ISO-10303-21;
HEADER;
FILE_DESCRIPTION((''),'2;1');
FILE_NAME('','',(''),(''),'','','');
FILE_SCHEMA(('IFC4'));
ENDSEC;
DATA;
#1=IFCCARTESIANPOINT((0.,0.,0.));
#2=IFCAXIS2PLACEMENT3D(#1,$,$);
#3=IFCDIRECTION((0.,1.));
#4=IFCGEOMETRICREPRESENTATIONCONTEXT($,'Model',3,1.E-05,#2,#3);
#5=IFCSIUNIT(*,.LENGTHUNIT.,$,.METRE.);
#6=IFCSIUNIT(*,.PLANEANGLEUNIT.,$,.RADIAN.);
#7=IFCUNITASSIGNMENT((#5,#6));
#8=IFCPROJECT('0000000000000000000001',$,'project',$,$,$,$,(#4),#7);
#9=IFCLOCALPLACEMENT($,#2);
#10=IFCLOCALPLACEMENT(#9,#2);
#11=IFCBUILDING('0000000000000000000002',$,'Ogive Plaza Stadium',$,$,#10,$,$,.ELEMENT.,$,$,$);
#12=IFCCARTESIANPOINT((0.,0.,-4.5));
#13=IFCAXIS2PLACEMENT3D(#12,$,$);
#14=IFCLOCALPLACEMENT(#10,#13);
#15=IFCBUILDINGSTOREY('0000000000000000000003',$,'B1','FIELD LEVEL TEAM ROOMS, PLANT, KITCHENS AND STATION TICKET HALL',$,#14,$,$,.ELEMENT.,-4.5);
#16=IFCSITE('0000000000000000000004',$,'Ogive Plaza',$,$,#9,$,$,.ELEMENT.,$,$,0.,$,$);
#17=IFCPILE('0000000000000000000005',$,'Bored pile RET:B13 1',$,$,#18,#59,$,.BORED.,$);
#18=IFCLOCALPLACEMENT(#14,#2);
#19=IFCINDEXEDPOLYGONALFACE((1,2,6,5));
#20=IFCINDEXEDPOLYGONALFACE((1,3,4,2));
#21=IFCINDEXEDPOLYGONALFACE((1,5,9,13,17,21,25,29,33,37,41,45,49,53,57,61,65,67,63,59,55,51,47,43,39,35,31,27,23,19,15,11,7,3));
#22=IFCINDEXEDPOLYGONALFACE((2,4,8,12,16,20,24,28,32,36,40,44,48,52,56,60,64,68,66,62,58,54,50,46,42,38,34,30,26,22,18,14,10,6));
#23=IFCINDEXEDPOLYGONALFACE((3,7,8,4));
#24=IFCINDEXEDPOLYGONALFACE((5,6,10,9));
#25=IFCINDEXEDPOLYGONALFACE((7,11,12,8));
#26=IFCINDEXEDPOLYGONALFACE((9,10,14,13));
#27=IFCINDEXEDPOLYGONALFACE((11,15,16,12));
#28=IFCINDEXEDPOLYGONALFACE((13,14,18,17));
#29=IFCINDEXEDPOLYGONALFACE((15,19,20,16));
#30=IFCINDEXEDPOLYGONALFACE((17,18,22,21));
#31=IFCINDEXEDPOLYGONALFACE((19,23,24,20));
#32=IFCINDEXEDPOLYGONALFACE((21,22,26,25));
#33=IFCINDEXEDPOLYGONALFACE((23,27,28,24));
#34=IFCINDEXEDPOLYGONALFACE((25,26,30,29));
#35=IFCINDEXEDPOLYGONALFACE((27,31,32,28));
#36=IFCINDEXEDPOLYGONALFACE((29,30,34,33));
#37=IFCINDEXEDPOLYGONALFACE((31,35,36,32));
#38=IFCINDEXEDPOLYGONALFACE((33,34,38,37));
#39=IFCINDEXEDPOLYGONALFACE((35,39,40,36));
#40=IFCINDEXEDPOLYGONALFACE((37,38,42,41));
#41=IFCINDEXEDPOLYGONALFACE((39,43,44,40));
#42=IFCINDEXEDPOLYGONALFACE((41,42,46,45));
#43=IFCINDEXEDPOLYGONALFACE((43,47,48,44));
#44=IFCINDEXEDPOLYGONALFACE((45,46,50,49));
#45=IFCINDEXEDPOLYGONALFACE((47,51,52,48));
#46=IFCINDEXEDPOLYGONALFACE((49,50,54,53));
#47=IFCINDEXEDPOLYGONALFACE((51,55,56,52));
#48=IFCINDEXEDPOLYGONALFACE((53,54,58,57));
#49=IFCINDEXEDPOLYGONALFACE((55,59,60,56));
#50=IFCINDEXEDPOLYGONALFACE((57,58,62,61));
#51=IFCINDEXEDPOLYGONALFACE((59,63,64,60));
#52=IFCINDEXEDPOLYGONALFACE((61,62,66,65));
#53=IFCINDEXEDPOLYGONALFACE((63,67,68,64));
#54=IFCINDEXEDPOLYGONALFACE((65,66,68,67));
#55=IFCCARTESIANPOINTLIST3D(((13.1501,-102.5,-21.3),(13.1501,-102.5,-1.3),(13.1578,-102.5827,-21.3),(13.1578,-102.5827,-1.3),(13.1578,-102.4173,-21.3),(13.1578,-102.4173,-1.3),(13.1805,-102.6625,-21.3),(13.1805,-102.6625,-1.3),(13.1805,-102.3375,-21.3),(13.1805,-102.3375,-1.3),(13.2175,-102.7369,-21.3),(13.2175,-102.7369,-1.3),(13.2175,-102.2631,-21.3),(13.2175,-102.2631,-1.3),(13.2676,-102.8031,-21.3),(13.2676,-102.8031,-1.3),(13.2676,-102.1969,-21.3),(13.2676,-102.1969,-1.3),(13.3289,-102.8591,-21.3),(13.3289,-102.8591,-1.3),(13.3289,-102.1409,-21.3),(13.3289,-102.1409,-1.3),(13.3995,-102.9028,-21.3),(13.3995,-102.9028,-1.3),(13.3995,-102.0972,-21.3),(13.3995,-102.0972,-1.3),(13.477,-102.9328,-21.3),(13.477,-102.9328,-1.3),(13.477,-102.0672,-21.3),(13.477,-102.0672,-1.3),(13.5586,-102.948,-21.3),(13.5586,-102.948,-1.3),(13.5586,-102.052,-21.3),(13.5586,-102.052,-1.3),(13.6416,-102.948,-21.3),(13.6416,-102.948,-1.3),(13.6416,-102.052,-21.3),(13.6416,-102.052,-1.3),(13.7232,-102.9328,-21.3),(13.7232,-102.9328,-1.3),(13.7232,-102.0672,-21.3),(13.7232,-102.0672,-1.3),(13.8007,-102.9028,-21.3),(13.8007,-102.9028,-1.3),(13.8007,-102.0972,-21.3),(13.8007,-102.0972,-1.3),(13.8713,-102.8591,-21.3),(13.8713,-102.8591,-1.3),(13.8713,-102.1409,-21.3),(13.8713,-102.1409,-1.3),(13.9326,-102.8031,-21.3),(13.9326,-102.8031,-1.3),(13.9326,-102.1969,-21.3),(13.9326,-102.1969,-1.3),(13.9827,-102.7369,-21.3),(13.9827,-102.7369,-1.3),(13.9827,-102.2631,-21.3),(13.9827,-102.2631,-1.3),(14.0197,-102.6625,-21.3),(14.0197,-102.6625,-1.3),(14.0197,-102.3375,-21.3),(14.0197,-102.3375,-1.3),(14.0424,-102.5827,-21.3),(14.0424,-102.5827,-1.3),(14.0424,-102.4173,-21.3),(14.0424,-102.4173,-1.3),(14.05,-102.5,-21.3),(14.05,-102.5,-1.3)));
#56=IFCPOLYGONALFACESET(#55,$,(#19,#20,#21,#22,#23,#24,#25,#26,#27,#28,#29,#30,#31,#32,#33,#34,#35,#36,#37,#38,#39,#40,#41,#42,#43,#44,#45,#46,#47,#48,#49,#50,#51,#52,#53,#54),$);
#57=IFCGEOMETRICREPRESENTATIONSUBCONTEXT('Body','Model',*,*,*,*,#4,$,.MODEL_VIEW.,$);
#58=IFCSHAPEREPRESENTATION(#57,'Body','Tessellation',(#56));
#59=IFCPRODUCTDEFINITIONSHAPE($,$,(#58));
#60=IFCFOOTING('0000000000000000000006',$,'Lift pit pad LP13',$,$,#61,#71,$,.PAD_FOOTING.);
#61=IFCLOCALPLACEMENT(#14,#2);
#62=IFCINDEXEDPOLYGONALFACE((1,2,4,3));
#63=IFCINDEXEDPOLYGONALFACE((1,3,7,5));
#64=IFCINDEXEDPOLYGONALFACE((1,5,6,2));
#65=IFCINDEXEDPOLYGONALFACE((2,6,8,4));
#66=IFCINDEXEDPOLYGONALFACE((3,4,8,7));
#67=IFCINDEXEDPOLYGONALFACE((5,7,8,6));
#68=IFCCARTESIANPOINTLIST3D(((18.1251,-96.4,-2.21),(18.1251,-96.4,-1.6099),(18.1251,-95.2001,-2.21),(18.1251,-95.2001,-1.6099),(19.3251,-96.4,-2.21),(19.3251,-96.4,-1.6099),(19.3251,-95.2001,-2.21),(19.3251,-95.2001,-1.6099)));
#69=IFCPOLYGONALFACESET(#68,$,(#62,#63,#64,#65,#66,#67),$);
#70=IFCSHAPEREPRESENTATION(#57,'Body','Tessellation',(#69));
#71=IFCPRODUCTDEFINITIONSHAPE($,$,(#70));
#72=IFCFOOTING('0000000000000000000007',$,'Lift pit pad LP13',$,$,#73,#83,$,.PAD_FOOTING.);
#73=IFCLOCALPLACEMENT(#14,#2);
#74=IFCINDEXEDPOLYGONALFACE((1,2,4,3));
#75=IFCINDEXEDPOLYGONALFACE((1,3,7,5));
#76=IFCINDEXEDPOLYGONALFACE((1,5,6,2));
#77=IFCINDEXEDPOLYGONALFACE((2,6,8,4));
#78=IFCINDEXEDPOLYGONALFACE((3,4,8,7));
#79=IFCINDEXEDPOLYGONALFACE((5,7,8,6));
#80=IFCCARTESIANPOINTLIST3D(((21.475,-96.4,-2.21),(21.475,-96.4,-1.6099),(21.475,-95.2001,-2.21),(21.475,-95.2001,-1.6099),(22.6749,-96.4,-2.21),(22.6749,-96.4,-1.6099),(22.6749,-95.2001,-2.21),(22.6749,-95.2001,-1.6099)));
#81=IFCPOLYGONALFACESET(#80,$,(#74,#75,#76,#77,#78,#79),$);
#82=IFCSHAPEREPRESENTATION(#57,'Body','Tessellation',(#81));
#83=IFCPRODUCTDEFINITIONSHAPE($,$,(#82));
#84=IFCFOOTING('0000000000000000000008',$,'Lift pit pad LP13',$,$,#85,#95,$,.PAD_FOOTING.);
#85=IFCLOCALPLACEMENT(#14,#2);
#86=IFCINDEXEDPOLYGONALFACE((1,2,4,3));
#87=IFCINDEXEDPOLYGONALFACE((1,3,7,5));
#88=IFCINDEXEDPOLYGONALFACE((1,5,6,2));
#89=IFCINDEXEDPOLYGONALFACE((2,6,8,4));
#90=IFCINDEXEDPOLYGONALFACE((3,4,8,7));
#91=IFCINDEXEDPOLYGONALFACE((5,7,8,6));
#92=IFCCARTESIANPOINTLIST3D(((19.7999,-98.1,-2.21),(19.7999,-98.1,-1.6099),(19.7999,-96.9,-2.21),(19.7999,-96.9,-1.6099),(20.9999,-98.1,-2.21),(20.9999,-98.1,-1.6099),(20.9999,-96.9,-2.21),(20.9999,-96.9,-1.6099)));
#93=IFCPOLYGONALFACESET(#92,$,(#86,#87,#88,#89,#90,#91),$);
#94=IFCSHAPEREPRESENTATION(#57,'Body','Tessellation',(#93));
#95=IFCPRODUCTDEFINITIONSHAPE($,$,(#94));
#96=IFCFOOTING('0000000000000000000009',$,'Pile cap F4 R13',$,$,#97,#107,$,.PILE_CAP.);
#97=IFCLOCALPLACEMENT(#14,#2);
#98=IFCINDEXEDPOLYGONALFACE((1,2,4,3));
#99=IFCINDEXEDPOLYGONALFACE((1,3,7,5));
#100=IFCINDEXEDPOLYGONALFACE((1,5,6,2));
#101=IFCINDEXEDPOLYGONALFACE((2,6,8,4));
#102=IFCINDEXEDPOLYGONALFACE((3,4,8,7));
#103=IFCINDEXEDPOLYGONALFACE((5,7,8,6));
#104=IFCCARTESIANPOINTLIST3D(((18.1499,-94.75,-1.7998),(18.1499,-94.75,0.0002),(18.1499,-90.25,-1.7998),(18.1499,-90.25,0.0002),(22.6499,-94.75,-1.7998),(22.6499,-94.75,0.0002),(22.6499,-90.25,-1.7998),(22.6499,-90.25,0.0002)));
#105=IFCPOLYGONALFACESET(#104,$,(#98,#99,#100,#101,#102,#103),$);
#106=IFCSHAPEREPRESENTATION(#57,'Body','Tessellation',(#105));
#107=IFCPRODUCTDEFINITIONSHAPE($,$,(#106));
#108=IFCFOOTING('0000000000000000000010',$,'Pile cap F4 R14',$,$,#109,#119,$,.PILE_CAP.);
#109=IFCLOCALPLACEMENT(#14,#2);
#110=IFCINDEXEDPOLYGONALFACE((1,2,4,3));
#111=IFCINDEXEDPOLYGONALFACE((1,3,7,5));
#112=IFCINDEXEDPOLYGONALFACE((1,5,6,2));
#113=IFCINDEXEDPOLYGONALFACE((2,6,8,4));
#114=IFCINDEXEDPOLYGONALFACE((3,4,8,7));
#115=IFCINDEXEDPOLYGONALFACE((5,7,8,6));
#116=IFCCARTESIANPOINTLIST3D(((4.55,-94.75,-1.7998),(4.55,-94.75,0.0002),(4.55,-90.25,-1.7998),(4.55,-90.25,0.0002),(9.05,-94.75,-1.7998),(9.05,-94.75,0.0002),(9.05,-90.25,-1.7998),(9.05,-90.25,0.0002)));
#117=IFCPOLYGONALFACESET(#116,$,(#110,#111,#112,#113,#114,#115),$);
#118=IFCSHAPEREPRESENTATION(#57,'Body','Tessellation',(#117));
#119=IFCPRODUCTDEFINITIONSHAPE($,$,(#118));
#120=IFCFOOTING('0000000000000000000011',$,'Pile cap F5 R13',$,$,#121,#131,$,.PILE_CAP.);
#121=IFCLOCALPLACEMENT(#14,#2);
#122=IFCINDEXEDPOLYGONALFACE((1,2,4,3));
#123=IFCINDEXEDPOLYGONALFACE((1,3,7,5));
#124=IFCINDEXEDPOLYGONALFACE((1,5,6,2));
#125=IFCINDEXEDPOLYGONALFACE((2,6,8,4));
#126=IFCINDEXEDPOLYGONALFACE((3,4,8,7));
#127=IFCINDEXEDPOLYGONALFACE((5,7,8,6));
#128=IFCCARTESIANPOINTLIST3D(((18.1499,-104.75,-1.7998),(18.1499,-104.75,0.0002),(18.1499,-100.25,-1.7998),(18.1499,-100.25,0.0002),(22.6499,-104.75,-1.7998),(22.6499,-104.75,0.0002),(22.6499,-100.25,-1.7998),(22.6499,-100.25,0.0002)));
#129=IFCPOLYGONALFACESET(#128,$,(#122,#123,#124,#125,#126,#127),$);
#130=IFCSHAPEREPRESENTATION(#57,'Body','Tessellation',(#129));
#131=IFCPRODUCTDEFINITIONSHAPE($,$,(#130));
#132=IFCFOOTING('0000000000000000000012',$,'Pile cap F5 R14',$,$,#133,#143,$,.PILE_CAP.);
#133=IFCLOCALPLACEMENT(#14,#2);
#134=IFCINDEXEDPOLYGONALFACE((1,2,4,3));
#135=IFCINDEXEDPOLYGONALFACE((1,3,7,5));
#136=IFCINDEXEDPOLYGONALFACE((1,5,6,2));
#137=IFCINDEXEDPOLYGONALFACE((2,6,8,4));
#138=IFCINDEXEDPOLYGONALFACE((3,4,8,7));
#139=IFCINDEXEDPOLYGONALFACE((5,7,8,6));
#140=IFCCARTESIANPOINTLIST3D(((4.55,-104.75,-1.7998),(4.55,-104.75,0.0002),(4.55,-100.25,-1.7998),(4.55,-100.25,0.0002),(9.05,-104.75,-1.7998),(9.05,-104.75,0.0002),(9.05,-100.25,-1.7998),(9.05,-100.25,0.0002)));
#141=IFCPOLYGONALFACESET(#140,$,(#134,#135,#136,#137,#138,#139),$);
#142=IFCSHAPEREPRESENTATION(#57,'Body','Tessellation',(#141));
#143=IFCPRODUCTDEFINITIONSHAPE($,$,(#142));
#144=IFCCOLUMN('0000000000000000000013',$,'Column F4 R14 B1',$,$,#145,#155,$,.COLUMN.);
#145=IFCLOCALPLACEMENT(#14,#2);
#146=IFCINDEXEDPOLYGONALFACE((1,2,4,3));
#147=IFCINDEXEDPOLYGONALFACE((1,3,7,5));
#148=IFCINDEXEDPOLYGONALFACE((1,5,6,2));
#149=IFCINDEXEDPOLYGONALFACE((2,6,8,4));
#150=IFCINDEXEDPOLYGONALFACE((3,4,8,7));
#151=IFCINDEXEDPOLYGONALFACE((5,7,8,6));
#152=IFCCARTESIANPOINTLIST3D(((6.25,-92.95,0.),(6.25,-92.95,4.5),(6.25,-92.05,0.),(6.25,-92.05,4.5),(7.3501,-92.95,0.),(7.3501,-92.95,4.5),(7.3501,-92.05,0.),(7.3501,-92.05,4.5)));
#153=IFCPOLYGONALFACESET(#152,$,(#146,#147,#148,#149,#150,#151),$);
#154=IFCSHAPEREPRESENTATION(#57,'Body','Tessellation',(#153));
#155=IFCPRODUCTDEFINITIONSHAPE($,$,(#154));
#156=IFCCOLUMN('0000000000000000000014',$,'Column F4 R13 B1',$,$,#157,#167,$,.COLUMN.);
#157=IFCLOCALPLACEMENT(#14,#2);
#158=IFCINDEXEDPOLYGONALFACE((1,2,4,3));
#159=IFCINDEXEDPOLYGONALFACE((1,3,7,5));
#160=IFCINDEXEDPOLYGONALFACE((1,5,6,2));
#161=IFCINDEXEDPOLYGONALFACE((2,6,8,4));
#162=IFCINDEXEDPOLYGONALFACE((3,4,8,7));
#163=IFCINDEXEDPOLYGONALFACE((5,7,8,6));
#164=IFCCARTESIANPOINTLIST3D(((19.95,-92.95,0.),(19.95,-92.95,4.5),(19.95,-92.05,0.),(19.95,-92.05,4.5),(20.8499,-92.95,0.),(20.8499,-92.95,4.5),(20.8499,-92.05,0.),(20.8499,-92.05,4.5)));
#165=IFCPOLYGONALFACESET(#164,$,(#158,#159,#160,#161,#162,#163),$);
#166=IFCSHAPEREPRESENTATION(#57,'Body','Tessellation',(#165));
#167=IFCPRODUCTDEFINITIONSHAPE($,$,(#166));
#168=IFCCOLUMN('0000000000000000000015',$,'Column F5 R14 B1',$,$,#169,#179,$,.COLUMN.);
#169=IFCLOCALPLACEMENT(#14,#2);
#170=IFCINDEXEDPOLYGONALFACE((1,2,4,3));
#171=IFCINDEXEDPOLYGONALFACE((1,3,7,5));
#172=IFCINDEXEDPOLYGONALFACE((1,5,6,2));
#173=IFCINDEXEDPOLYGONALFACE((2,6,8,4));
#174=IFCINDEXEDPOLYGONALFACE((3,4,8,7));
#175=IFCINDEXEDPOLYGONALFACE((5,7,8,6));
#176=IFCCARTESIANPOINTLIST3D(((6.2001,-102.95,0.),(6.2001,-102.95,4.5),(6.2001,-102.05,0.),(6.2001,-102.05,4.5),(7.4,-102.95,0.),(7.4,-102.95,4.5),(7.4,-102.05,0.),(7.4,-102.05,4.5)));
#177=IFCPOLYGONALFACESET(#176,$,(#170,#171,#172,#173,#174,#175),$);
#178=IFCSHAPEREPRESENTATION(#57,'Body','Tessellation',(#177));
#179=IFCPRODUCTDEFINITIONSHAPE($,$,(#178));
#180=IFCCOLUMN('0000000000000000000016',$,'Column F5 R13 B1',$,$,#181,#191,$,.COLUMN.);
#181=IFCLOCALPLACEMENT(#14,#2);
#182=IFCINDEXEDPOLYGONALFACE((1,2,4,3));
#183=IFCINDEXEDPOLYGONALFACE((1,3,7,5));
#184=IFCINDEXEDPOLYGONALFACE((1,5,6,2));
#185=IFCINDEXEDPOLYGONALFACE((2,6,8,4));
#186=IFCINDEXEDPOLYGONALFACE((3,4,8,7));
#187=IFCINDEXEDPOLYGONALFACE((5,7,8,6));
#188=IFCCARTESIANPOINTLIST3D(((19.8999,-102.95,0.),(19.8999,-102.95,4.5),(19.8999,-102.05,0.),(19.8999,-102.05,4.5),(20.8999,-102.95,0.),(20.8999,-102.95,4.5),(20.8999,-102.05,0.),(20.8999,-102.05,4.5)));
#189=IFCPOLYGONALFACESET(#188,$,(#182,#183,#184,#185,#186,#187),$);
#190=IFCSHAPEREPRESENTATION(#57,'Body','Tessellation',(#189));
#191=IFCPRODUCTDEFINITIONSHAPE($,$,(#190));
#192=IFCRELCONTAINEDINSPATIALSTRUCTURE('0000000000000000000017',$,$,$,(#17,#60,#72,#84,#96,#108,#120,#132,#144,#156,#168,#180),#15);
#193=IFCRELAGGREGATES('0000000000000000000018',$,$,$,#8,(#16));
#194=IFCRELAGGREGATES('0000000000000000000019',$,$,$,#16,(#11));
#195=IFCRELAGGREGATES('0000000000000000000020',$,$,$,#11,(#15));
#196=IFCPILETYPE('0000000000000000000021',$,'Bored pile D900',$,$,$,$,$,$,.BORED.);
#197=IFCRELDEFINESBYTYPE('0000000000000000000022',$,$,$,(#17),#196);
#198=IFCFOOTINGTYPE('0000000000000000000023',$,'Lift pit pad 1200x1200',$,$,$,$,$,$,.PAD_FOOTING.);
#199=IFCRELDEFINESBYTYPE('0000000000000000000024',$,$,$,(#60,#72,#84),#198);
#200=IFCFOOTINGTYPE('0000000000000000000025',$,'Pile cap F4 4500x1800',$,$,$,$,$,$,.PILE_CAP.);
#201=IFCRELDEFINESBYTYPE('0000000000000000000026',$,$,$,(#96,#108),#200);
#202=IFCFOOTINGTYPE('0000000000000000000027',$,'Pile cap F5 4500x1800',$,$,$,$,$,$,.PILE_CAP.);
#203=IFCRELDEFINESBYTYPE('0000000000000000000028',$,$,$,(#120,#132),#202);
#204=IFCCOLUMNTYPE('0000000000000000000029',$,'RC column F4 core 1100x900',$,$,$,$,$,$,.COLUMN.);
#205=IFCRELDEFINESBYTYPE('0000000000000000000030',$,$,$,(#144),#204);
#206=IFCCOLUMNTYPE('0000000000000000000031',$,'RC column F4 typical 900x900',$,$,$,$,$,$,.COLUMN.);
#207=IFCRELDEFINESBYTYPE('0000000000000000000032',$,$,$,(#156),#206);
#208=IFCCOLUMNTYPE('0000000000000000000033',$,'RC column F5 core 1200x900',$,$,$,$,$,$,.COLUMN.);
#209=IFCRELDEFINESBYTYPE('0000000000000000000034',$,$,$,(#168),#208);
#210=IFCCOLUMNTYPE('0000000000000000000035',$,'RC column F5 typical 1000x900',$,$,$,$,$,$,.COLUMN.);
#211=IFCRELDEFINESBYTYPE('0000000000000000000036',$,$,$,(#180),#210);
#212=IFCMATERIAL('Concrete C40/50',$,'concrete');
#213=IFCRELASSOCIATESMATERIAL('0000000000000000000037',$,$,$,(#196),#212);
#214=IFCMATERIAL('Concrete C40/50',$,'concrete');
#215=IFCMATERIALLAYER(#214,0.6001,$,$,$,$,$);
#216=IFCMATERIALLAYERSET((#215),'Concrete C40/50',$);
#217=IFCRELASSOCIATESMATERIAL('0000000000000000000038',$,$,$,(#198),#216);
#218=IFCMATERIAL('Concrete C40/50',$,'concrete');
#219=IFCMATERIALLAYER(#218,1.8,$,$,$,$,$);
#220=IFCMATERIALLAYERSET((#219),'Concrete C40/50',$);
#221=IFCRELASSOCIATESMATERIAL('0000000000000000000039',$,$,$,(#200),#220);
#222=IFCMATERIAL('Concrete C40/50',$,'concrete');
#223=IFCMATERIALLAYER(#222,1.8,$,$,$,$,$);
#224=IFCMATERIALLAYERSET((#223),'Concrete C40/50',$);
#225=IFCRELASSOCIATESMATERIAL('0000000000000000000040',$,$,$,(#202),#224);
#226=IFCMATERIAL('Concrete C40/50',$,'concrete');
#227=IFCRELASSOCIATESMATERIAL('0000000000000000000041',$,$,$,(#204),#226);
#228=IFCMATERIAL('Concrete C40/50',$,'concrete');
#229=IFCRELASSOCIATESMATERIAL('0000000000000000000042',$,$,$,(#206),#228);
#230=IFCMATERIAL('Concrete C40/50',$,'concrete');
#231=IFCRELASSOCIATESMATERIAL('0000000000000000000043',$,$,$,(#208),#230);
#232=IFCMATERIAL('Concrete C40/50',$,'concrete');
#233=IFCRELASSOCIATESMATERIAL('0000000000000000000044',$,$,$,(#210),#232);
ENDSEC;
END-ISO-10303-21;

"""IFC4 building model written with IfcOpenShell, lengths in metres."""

from ifc_helpers import new_model, si_unit, direction, frame, origin, origin_2d, place, context, subcontext, project, spatial, rectangle, circle, extrude, material, layer, layer_set, material_profile, profile_set, type_object, element, save


model = new_model("IFC4")

# Units and contexts
model_context = context("Model", 3, precision=1e-05, world=origin(), true_north=direction((0.0, 1.0)))
body_context = subcontext(model_context, "Body", "Model", "MODEL_VIEW")
ifc_project = project(units=[si_unit("LENGTHUNIT", "METRE"), si_unit("PLANEANGLEUNIT", "RADIAN")], contexts=[model_context])

# Site, building, storey
site_placement = place(None, origin())
site = spatial("IfcSite", under=ifc_project, at=site_placement, Name="Ogive Plaza", CompositionType="ELEMENT", RefElevation=0.0)
building_placement = place(site_placement, origin())
building = spatial("IfcBuilding", under=site, at=building_placement, Name="Ogive Plaza Stadium", CompositionType="ELEMENT")
storey_placement = place(building_placement, frame((0.0, 0.0, -4.5)))
storey = spatial("IfcBuildingStorey", under=building, at=storey_placement, Name="B1", Description="FIELD LEVEL TEAM ROOMS, PLANT, KITCHENS AND STATION TICKET HALL", CompositionType="ELEMENT", Elevation=-4.5)

# Pile
ifc_material_1 = material(Name="Concrete C40/50", Category="concrete")
ifc_material_profile_1 = material_profile(ifc_material_1, circle(Radius=0.45, at=origin_2d()), Name="RC D900")
ifc_profile_set_1 = profile_set([ifc_material_profile_1], Name="Concrete C40/50")
pile_type_1 = type_object("IfcPileType", Name="Bored pile D900", PredefinedType="BORED", material=ifc_profile_set_1)
pile_placement = place(storey_placement, frame((13.6001, -102.5, -1.3), z_axis=(0.0, 0.0, -1.0), x_axis=(1.0, 0.0, 0.0)))
element("IfcPile", 1, at=pile_placement, inside=storey, type_object=pile_type_1, Name="Bored pile RET:B13 1", PredefinedType="BORED", context=body_context, shape_type="SweptSolid", body=[
    extrude(circle(Radius=0.45, at=origin_2d()), origin(), (0.0, 0.0, 1.0), 20.0),
])

# Footings
ifc_material_2 = material(Name="Concrete C40/50", Category="concrete")
ifc_layer_1 = layer(ifc_material_2, 0.6001)
ifc_layer_set_1 = layer_set([ifc_layer_1], Name="Concrete C40/50")
footing_type_1 = type_object("IfcFootingType", Name="Lift pit pad 1200x1200", PredefinedType="PAD_FOOTING", material=ifc_layer_set_1)
for number, where, z_axis, x_axis, name in (
    (2, (18.7251, -95.8, -2.21), (0.0, 0.0, 1.0), (0.0, -1.0, 0.0), "Lift pit pad LP13"),
    (3, (22.075, -95.8, -2.21), (0.0, 0.0, 1.0), (0.0, -1.0, 0.0), "Lift pit pad LP13"),
    (4, (20.3999, -97.5, -2.21), (0.0, 0.0, 1.0), (0.0, -1.0, 0.0), "Lift pit pad LP13"),
):
    element("IfcFooting", number, at=place(storey_placement, frame(where, z_axis=z_axis, x_axis=x_axis)), inside=storey, type_object=footing_type_1, Name=name, PredefinedType="PAD_FOOTING", context=body_context, shape_type="SweptSolid", body=[
        extrude(rectangle(XDim=1.2, YDim=1.2, at=origin_2d()), origin(), (0.0, 0.0, 1.0), 0.6001),
    ])
ifc_material_3 = material(Name="Concrete C40/50", Category="concrete")
ifc_layer_2 = layer(ifc_material_3, 1.8)
ifc_layer_set_2 = layer_set([ifc_layer_2], Name="Concrete C40/50")
footing_type_2 = type_object("IfcFootingType", Name="Pile cap F4 4500x1800", PredefinedType="PILE_CAP", material=ifc_layer_set_2)
for number, where, z_axis, x_axis, name in (
    (5, (20.3999, -92.5, -1.7998), (0.0, 0.0, 1.0), (0.0, -1.0, 0.0), "Pile cap F4 R13"),
    (6, (6.8, -92.5, -1.7998), (0.0, 0.0, 1.0), (0.0, -1.0, 0.0), "Pile cap F4 R14"),
):
    element("IfcFooting", number, at=place(storey_placement, frame(where, z_axis=z_axis, x_axis=x_axis)), inside=storey, type_object=footing_type_2, Name=name, PredefinedType="PILE_CAP", context=body_context, shape_type="SweptSolid", body=[
        extrude(rectangle(XDim=4.5, YDim=4.5, at=origin_2d()), origin(), (0.0, 0.0, 1.0), 1.8),
    ])
ifc_material_4 = material(Name="Concrete C40/50", Category="concrete")
ifc_layer_3 = layer(ifc_material_4, 1.8)
ifc_layer_set_3 = layer_set([ifc_layer_3], Name="Concrete C40/50")
footing_type_3 = type_object("IfcFootingType", Name="Pile cap F5 4500x1800", PredefinedType="PILE_CAP", material=ifc_layer_set_3)
for number, where, z_axis, x_axis, name in (
    (7, (20.3999, -102.5, -1.7998), (0.0, 0.0, 1.0), (0.0, -1.0, 0.0), "Pile cap F5 R13"),
    (8, (6.8, -102.5, -1.7998), (0.0, 0.0, 1.0), (0.0, -1.0, 0.0), "Pile cap F5 R14"),
):
    element("IfcFooting", number, at=place(storey_placement, frame(where, z_axis=z_axis, x_axis=x_axis)), inside=storey, type_object=footing_type_3, Name=name, PredefinedType="PILE_CAP", context=body_context, shape_type="SweptSolid", body=[
        extrude(rectangle(XDim=4.5, YDim=4.5, at=origin_2d()), origin(), (0.0, 0.0, 1.0), 1.8),
    ])

# Columns
ifc_material_5 = material(Name="Concrete C40/50", Category="concrete")
ifc_material_profile_2 = material_profile(ifc_material_5, rectangle(XDim=1.1001, YDim=0.8999, at=origin_2d()), Name="RC 1100x900")
ifc_profile_set_2 = profile_set([ifc_material_profile_2], Name="Concrete C40/50")
column_type_1 = type_object("IfcColumnType", Name="RC column F4 core 1100x900", PredefinedType="COLUMN", material=ifc_profile_set_2)
column_1_placement = place(storey_placement, frame((6.8, -92.5, 0.0), z_axis=(0.0, 0.0, 1.0), x_axis=(1.0, 0.0, 0.0)))
element("IfcColumn", 9, at=column_1_placement, inside=storey, type_object=column_type_1, Name="Column F4 R14 B1", PredefinedType="COLUMN", context=body_context, shape_type="SweptSolid", body=[
    extrude(rectangle(XDim=1.1001, YDim=0.8999, at=origin_2d()), origin(), (0.0, 0.0, 1.0), 4.5),
])
ifc_material_6 = material(Name="Concrete C40/50", Category="concrete")
ifc_material_profile_3 = material_profile(ifc_material_6, rectangle(XDim=0.8999, YDim=0.8999, at=origin_2d()), Name="RC 900x900")
ifc_profile_set_3 = profile_set([ifc_material_profile_3], Name="Concrete C40/50")
column_type_2 = type_object("IfcColumnType", Name="RC column F4 typical 900x900", PredefinedType="COLUMN", material=ifc_profile_set_3)
column_2_placement = place(storey_placement, frame((20.3999, -92.5, 0.0), z_axis=(0.0, 0.0, 1.0), x_axis=(1.0, 0.0, 0.0)))
element("IfcColumn", 10, at=column_2_placement, inside=storey, type_object=column_type_2, Name="Column F4 R13 B1", PredefinedType="COLUMN", context=body_context, shape_type="SweptSolid", body=[
    extrude(rectangle(XDim=0.8999, YDim=0.8999, at=origin_2d()), origin(), (0.0, 0.0, 1.0), 4.5),
])
ifc_material_7 = material(Name="Concrete C40/50", Category="concrete")
ifc_material_profile_4 = material_profile(ifc_material_7, rectangle(XDim=1.2, YDim=0.8999, at=origin_2d()), Name="RC 1200x900")
ifc_profile_set_4 = profile_set([ifc_material_profile_4], Name="Concrete C40/50")
column_type_3 = type_object("IfcColumnType", Name="RC column F5 core 1200x900", PredefinedType="COLUMN", material=ifc_profile_set_4)
column_3_placement = place(storey_placement, frame((6.8, -102.5, 0.0), z_axis=(0.0, 0.0, 1.0), x_axis=(1.0, 0.0, 0.0)))
element("IfcColumn", 11, at=column_3_placement, inside=storey, type_object=column_type_3, Name="Column F5 R14 B1", PredefinedType="COLUMN", context=body_context, shape_type="SweptSolid", body=[
    extrude(rectangle(XDim=1.2, YDim=0.8999, at=origin_2d()), origin(), (0.0, 0.0, 1.0), 4.5),
])
ifc_material_8 = material(Name="Concrete C40/50", Category="concrete")
ifc_material_profile_5 = material_profile(ifc_material_8, rectangle(XDim=1.0, YDim=0.8999, at=origin_2d()), Name="RC 1000x900")
ifc_profile_set_5 = profile_set([ifc_material_profile_5], Name="Concrete C40/50")
column_type_4 = type_object("IfcColumnType", Name="RC column F5 typical 1000x900", PredefinedType="COLUMN", material=ifc_profile_set_5)
column_4_placement = place(storey_placement, frame((20.3999, -102.5, 0.0), z_axis=(0.0, 0.0, 1.0), x_axis=(1.0, 0.0, 0.0)))
element("IfcColumn", 12, at=column_4_placement, inside=storey, type_object=column_type_4, Name="Column F5 R13 B1", PredefinedType="COLUMN", context=body_context, shape_type="SweptSolid", body=[
    extrude(rectangle(XDim=1.0, YDim=0.8999, at=origin_2d()), origin(), (0.0, 0.0, 1.0), 4.5),
])

save(model, "model.ifc")
